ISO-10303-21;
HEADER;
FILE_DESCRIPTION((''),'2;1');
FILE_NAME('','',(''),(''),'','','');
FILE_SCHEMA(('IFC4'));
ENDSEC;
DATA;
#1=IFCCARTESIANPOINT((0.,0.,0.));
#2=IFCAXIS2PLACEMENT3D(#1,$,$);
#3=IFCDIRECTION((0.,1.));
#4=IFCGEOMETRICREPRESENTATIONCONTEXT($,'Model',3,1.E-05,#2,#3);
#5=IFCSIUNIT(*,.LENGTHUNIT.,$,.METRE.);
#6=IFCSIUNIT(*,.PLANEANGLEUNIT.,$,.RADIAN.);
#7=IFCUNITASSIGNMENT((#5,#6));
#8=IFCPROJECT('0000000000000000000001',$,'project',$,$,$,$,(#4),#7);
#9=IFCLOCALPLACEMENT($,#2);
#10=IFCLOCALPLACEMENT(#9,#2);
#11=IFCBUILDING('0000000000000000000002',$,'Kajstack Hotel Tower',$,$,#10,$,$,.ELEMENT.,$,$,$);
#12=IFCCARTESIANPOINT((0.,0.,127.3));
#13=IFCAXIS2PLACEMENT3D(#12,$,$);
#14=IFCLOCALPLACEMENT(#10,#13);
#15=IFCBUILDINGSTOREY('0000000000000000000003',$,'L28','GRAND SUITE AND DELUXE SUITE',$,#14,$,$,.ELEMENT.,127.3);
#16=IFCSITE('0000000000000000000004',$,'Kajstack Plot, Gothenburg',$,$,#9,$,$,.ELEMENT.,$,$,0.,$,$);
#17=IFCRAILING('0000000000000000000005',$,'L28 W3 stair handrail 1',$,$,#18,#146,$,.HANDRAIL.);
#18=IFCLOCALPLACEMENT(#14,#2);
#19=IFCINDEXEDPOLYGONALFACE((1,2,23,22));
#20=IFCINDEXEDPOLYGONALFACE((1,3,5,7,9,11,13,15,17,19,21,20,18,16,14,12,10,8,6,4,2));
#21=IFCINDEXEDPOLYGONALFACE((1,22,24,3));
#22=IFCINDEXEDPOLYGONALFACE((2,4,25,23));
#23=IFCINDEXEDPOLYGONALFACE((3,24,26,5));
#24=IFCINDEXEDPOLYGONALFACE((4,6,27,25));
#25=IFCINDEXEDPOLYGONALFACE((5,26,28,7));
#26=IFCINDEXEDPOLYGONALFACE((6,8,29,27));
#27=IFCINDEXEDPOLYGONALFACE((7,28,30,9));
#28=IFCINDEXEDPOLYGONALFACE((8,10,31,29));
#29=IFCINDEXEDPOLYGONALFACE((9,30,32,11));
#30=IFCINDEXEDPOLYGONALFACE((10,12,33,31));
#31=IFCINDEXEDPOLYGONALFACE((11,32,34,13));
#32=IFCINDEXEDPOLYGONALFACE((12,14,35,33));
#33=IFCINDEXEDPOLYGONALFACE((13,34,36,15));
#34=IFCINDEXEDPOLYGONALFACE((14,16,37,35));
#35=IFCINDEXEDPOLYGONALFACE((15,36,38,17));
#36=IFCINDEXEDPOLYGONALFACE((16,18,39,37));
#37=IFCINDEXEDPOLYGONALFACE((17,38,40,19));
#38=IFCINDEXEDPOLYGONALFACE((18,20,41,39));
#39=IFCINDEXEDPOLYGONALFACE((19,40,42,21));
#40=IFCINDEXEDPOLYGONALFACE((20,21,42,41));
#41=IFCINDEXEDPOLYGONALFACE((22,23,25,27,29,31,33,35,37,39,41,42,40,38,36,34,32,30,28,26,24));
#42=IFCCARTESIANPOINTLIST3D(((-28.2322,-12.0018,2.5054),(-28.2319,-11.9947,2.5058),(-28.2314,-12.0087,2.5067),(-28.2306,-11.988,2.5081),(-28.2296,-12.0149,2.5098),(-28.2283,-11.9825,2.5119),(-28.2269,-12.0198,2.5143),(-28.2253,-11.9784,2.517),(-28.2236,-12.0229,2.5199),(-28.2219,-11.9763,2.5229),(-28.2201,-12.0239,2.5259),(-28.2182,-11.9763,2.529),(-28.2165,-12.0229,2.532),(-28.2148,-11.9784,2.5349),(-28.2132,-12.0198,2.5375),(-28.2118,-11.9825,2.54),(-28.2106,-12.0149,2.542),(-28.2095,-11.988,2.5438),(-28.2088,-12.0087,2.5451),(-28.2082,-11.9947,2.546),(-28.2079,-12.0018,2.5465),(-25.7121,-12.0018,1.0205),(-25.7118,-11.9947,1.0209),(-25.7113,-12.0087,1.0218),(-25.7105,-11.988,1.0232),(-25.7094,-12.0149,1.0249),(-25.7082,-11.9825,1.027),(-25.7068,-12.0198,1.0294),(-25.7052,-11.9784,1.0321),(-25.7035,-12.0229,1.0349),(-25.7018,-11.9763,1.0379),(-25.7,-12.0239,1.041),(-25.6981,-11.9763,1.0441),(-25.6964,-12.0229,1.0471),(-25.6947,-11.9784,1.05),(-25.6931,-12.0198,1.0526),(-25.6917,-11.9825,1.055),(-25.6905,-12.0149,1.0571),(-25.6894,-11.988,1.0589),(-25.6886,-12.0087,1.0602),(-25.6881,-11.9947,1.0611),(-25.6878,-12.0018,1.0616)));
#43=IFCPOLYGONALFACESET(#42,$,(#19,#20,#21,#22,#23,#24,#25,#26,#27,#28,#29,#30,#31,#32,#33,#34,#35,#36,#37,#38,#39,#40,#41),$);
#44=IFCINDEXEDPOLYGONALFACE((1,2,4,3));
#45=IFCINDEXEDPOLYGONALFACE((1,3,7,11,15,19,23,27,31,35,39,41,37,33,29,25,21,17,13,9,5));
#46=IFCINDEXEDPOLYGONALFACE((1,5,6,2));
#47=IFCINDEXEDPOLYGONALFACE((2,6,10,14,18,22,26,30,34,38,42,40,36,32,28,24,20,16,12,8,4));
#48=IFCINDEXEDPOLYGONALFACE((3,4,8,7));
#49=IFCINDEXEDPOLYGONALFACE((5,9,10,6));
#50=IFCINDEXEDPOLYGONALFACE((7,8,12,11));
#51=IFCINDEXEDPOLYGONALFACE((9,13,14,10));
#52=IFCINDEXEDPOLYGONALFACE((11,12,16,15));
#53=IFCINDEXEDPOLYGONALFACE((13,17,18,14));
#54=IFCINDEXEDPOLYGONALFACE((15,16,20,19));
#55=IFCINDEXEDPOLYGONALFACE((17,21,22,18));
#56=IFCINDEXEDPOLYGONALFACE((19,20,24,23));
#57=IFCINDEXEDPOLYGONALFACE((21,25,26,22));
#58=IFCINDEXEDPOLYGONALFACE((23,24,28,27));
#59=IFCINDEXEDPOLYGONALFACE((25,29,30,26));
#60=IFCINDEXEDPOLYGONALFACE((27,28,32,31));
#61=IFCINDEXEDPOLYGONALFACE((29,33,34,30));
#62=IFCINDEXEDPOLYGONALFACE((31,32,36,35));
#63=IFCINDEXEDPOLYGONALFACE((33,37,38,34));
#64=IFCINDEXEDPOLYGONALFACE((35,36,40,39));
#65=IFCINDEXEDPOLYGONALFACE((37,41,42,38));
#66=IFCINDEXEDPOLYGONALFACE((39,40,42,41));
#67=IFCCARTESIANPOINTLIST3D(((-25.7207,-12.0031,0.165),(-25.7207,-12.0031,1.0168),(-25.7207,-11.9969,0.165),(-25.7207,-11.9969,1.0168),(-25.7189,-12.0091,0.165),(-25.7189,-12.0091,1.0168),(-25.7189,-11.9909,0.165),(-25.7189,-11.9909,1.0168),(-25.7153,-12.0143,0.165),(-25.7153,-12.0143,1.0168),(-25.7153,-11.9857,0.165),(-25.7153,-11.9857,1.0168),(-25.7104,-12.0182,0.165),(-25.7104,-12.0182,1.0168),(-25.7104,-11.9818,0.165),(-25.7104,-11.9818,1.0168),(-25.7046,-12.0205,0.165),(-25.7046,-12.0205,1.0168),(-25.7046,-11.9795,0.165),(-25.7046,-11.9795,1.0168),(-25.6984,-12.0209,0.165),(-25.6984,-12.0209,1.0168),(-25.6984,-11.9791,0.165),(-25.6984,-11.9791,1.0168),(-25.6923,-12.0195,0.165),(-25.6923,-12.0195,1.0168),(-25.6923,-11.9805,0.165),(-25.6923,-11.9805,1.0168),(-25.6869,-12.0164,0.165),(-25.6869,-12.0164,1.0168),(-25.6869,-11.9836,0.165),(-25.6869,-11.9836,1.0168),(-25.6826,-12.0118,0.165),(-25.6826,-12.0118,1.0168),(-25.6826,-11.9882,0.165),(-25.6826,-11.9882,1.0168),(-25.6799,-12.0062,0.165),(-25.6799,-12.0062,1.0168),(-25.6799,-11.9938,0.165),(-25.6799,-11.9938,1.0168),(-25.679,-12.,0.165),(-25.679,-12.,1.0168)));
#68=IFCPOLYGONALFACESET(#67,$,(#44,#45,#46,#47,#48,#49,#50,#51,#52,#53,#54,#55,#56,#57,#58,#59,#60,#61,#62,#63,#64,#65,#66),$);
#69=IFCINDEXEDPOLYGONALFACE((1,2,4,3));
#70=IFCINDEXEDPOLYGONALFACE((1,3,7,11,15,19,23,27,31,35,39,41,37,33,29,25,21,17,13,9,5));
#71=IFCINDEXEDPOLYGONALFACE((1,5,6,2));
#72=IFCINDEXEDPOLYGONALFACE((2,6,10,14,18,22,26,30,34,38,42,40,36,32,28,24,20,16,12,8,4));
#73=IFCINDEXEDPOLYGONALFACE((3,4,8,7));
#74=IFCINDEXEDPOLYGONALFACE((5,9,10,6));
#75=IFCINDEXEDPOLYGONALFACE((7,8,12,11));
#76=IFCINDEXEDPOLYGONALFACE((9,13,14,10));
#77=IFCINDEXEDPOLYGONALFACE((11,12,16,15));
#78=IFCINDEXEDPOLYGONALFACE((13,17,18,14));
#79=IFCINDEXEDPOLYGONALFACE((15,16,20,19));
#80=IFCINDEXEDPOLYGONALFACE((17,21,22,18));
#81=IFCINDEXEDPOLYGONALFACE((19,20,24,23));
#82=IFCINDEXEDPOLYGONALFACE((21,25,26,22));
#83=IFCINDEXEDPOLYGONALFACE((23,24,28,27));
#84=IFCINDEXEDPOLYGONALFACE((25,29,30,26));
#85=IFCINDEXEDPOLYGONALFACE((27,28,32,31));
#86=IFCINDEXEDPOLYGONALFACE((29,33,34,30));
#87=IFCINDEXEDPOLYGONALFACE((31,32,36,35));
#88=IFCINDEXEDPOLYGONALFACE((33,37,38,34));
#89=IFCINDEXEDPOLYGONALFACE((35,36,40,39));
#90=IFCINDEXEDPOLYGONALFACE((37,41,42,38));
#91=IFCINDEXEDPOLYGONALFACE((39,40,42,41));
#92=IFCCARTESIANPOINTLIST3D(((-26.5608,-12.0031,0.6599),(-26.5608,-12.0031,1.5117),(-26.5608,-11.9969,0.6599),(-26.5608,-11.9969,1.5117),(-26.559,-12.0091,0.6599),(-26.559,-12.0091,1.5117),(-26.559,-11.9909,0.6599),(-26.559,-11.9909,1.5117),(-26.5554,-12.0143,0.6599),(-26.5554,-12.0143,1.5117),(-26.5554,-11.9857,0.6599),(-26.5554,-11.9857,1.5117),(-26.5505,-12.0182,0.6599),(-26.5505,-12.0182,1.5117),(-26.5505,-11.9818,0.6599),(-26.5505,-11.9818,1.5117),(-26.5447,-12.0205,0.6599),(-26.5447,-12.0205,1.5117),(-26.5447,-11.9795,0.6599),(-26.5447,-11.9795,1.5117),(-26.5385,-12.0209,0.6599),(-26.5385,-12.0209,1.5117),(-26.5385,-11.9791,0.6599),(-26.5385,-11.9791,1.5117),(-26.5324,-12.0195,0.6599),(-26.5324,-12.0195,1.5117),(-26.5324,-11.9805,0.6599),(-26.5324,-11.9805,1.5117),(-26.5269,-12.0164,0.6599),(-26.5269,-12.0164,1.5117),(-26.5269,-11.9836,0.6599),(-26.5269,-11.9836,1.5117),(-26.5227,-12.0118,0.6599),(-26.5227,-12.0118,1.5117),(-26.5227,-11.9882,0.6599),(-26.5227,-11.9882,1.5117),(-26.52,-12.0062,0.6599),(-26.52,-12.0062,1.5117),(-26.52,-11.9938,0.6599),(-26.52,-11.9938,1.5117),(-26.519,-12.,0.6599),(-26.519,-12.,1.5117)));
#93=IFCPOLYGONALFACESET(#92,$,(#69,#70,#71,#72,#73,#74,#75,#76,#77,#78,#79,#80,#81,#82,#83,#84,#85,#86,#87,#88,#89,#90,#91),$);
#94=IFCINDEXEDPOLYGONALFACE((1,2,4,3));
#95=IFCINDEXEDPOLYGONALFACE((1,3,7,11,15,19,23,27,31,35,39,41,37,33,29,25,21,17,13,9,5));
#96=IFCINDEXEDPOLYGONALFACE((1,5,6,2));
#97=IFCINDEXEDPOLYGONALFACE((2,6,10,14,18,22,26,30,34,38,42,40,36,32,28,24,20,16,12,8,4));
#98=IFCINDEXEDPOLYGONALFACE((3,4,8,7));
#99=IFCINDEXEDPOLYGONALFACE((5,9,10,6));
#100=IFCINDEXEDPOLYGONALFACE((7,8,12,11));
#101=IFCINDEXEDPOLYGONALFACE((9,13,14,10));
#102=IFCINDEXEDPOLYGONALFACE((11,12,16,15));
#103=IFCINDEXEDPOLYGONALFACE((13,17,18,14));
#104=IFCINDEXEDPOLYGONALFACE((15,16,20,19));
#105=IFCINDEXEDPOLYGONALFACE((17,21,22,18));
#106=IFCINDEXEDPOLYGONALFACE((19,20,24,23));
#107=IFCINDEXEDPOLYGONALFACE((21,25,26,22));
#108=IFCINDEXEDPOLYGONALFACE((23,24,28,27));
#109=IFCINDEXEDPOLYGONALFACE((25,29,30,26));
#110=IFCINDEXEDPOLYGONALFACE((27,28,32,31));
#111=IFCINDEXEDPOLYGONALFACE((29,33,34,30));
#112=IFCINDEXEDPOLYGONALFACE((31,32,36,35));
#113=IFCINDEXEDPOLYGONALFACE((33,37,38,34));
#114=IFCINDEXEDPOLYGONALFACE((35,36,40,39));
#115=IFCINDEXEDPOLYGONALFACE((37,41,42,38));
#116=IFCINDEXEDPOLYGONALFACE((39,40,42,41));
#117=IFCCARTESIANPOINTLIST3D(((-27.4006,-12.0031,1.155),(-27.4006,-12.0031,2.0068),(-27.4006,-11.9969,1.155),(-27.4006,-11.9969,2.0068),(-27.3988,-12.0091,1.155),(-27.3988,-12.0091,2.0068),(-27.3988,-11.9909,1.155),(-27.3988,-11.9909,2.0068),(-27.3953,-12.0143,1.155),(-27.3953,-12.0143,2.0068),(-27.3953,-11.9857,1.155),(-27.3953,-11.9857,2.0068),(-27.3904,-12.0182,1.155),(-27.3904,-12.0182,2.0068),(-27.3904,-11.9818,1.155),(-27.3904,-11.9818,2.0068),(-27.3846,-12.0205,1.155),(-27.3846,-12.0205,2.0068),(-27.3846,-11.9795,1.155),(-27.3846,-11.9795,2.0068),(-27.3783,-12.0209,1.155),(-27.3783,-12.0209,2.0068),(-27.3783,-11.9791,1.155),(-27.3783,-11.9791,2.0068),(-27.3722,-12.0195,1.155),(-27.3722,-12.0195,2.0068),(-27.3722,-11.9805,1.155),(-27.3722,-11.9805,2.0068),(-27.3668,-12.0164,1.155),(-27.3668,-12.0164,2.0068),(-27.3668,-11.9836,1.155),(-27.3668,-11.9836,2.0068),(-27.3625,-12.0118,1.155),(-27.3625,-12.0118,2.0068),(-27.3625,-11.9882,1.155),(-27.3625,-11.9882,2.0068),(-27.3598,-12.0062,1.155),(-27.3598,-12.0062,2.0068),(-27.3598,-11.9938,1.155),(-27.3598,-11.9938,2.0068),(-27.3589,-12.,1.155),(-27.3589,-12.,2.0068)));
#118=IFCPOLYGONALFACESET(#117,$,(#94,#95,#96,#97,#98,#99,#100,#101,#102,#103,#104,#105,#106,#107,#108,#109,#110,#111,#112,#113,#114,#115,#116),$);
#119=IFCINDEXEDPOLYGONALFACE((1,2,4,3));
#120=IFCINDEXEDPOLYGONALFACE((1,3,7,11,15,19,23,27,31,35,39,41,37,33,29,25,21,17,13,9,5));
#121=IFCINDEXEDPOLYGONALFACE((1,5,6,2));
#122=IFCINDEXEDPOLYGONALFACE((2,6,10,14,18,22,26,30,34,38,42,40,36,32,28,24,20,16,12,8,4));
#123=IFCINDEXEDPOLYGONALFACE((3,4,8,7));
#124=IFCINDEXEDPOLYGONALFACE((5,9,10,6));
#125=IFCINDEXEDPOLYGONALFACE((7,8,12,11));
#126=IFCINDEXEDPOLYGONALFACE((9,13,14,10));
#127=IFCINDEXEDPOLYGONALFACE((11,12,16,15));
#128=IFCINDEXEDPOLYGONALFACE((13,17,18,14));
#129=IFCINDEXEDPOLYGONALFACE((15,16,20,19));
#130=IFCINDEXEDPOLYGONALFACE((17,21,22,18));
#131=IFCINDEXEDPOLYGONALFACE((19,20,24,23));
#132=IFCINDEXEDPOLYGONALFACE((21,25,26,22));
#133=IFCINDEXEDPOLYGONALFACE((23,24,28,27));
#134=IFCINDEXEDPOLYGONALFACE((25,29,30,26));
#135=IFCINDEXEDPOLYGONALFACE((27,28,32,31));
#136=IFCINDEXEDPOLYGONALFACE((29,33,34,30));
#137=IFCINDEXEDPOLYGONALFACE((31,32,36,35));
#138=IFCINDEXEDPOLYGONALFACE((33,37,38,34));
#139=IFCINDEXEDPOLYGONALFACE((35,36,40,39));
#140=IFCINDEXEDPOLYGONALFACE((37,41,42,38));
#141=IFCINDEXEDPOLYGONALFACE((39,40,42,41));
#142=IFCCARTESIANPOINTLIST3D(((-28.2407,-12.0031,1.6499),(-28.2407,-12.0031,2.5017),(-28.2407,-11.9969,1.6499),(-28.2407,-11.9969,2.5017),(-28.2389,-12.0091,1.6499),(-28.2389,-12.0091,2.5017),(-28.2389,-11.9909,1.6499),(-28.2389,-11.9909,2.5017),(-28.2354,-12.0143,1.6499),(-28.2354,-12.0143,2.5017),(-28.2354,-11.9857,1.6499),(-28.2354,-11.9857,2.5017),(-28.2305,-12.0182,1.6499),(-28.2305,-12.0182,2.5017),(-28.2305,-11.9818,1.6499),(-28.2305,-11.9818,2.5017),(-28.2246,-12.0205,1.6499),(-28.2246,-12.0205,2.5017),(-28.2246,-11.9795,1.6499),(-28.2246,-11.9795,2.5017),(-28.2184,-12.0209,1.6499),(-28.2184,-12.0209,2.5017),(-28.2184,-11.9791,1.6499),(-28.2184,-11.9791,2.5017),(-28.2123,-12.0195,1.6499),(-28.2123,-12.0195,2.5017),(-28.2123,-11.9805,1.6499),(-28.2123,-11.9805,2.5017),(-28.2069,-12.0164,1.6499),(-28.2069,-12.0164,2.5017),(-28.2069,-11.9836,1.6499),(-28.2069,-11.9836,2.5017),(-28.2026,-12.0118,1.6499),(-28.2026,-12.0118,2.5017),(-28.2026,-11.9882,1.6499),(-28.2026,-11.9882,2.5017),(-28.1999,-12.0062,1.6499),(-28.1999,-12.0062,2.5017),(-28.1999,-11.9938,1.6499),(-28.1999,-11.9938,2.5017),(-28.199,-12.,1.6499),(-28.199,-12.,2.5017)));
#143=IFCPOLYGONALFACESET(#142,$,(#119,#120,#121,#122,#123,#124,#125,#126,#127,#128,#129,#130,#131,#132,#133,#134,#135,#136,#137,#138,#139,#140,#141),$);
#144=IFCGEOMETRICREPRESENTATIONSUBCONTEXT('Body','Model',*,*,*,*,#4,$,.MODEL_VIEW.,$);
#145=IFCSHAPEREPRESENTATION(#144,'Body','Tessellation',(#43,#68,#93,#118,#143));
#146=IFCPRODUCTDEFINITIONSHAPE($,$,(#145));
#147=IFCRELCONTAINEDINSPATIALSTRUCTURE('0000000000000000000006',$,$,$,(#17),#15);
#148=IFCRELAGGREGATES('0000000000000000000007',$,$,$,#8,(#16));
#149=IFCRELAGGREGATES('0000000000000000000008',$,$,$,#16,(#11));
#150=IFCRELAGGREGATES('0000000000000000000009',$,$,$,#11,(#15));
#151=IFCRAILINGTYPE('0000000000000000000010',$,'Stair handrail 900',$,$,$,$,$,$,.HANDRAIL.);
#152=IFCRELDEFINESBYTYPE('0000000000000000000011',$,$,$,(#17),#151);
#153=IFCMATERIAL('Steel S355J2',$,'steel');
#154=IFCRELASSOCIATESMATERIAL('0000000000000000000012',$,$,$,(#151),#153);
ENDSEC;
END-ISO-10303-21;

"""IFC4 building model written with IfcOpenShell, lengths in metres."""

from ifc_helpers import new_model, si_unit, direction, frame, origin, origin_2d, place, context, subcontext, project, spatial, circle, extrude, material, type_object, element, save


model = new_model("IFC4")

# Units and contexts
model_context = context("Model", 3, precision=1e-05, world=origin(), true_north=direction((0.0, 1.0)))
body_context = subcontext(model_context, "Body", "Model", "MODEL_VIEW")
ifc_project = project(units=[si_unit("LENGTHUNIT", "METRE"), si_unit("PLANEANGLEUNIT", "RADIAN")], contexts=[model_context])

# Site, building, storey
site_placement = place(None, origin())
site = spatial("IfcSite", under=ifc_project, at=site_placement, Name="Kajstack Plot, Gothenburg", CompositionType="ELEMENT", RefElevation=0.0)
building_placement = place(site_placement, origin())
building = spatial("IfcBuilding", under=site, at=building_placement, Name="Kajstack Hotel Tower", CompositionType="ELEMENT")
storey_placement = place(building_placement, frame((0.0, 0.0, 127.3)))
storey = spatial("IfcBuildingStorey", under=building, at=storey_placement, Name="L28", Description="GRAND SUITE AND DELUXE SUITE", CompositionType="ELEMENT", Elevation=127.3)

# Railing
ifc_material_1 = material(Name="Steel S355J2", Category="steel")
railing_type_1 = type_object("IfcRailingType", Name="Stair handrail 900", PredefinedType="HANDRAIL", material=ifc_material_1)
railing_1_placement = place(storey_placement, frame((-25.7, -12.0, 0.165)))
element("IfcRailing", 1, at=railing_1_placement, inside=storey, type_object=railing_type_1, Name="L28 W3 stair handrail 1", PredefinedType="HANDRAIL", context=body_context, shape_type="SweptSolid", body=[
    extrude(circle(Radius=0.0239, at=origin_2d()), frame((0.0, 0.0, 0.876), z_axis=(-0.861561, 0.0, 0.507655), x_axis=(0.0, -1.0, 0.0)), (0.0, 0.0, 1.0), 2.925),
    extrude(circle(Radius=0.021, at=origin_2d()), origin(), (0.0, 0.0, 1.0), 0.8518),
    extrude(circle(Radius=0.021, at=origin_2d()), frame((-0.8401, 0.0, 0.4949)), (0.0, 0.0, 1.0), 0.8518),
    extrude(circle(Radius=0.021, at=origin_2d()), frame((-1.6799, 0.0, 0.99)), (0.0, 0.0, 1.0), 0.8518),
    extrude(circle(Radius=0.021, at=origin_2d()), frame((-2.52, 0.0, 1.4849)), (0.0, 0.0, 1.0), 0.8518),
])

save(model, "model.ifc")
